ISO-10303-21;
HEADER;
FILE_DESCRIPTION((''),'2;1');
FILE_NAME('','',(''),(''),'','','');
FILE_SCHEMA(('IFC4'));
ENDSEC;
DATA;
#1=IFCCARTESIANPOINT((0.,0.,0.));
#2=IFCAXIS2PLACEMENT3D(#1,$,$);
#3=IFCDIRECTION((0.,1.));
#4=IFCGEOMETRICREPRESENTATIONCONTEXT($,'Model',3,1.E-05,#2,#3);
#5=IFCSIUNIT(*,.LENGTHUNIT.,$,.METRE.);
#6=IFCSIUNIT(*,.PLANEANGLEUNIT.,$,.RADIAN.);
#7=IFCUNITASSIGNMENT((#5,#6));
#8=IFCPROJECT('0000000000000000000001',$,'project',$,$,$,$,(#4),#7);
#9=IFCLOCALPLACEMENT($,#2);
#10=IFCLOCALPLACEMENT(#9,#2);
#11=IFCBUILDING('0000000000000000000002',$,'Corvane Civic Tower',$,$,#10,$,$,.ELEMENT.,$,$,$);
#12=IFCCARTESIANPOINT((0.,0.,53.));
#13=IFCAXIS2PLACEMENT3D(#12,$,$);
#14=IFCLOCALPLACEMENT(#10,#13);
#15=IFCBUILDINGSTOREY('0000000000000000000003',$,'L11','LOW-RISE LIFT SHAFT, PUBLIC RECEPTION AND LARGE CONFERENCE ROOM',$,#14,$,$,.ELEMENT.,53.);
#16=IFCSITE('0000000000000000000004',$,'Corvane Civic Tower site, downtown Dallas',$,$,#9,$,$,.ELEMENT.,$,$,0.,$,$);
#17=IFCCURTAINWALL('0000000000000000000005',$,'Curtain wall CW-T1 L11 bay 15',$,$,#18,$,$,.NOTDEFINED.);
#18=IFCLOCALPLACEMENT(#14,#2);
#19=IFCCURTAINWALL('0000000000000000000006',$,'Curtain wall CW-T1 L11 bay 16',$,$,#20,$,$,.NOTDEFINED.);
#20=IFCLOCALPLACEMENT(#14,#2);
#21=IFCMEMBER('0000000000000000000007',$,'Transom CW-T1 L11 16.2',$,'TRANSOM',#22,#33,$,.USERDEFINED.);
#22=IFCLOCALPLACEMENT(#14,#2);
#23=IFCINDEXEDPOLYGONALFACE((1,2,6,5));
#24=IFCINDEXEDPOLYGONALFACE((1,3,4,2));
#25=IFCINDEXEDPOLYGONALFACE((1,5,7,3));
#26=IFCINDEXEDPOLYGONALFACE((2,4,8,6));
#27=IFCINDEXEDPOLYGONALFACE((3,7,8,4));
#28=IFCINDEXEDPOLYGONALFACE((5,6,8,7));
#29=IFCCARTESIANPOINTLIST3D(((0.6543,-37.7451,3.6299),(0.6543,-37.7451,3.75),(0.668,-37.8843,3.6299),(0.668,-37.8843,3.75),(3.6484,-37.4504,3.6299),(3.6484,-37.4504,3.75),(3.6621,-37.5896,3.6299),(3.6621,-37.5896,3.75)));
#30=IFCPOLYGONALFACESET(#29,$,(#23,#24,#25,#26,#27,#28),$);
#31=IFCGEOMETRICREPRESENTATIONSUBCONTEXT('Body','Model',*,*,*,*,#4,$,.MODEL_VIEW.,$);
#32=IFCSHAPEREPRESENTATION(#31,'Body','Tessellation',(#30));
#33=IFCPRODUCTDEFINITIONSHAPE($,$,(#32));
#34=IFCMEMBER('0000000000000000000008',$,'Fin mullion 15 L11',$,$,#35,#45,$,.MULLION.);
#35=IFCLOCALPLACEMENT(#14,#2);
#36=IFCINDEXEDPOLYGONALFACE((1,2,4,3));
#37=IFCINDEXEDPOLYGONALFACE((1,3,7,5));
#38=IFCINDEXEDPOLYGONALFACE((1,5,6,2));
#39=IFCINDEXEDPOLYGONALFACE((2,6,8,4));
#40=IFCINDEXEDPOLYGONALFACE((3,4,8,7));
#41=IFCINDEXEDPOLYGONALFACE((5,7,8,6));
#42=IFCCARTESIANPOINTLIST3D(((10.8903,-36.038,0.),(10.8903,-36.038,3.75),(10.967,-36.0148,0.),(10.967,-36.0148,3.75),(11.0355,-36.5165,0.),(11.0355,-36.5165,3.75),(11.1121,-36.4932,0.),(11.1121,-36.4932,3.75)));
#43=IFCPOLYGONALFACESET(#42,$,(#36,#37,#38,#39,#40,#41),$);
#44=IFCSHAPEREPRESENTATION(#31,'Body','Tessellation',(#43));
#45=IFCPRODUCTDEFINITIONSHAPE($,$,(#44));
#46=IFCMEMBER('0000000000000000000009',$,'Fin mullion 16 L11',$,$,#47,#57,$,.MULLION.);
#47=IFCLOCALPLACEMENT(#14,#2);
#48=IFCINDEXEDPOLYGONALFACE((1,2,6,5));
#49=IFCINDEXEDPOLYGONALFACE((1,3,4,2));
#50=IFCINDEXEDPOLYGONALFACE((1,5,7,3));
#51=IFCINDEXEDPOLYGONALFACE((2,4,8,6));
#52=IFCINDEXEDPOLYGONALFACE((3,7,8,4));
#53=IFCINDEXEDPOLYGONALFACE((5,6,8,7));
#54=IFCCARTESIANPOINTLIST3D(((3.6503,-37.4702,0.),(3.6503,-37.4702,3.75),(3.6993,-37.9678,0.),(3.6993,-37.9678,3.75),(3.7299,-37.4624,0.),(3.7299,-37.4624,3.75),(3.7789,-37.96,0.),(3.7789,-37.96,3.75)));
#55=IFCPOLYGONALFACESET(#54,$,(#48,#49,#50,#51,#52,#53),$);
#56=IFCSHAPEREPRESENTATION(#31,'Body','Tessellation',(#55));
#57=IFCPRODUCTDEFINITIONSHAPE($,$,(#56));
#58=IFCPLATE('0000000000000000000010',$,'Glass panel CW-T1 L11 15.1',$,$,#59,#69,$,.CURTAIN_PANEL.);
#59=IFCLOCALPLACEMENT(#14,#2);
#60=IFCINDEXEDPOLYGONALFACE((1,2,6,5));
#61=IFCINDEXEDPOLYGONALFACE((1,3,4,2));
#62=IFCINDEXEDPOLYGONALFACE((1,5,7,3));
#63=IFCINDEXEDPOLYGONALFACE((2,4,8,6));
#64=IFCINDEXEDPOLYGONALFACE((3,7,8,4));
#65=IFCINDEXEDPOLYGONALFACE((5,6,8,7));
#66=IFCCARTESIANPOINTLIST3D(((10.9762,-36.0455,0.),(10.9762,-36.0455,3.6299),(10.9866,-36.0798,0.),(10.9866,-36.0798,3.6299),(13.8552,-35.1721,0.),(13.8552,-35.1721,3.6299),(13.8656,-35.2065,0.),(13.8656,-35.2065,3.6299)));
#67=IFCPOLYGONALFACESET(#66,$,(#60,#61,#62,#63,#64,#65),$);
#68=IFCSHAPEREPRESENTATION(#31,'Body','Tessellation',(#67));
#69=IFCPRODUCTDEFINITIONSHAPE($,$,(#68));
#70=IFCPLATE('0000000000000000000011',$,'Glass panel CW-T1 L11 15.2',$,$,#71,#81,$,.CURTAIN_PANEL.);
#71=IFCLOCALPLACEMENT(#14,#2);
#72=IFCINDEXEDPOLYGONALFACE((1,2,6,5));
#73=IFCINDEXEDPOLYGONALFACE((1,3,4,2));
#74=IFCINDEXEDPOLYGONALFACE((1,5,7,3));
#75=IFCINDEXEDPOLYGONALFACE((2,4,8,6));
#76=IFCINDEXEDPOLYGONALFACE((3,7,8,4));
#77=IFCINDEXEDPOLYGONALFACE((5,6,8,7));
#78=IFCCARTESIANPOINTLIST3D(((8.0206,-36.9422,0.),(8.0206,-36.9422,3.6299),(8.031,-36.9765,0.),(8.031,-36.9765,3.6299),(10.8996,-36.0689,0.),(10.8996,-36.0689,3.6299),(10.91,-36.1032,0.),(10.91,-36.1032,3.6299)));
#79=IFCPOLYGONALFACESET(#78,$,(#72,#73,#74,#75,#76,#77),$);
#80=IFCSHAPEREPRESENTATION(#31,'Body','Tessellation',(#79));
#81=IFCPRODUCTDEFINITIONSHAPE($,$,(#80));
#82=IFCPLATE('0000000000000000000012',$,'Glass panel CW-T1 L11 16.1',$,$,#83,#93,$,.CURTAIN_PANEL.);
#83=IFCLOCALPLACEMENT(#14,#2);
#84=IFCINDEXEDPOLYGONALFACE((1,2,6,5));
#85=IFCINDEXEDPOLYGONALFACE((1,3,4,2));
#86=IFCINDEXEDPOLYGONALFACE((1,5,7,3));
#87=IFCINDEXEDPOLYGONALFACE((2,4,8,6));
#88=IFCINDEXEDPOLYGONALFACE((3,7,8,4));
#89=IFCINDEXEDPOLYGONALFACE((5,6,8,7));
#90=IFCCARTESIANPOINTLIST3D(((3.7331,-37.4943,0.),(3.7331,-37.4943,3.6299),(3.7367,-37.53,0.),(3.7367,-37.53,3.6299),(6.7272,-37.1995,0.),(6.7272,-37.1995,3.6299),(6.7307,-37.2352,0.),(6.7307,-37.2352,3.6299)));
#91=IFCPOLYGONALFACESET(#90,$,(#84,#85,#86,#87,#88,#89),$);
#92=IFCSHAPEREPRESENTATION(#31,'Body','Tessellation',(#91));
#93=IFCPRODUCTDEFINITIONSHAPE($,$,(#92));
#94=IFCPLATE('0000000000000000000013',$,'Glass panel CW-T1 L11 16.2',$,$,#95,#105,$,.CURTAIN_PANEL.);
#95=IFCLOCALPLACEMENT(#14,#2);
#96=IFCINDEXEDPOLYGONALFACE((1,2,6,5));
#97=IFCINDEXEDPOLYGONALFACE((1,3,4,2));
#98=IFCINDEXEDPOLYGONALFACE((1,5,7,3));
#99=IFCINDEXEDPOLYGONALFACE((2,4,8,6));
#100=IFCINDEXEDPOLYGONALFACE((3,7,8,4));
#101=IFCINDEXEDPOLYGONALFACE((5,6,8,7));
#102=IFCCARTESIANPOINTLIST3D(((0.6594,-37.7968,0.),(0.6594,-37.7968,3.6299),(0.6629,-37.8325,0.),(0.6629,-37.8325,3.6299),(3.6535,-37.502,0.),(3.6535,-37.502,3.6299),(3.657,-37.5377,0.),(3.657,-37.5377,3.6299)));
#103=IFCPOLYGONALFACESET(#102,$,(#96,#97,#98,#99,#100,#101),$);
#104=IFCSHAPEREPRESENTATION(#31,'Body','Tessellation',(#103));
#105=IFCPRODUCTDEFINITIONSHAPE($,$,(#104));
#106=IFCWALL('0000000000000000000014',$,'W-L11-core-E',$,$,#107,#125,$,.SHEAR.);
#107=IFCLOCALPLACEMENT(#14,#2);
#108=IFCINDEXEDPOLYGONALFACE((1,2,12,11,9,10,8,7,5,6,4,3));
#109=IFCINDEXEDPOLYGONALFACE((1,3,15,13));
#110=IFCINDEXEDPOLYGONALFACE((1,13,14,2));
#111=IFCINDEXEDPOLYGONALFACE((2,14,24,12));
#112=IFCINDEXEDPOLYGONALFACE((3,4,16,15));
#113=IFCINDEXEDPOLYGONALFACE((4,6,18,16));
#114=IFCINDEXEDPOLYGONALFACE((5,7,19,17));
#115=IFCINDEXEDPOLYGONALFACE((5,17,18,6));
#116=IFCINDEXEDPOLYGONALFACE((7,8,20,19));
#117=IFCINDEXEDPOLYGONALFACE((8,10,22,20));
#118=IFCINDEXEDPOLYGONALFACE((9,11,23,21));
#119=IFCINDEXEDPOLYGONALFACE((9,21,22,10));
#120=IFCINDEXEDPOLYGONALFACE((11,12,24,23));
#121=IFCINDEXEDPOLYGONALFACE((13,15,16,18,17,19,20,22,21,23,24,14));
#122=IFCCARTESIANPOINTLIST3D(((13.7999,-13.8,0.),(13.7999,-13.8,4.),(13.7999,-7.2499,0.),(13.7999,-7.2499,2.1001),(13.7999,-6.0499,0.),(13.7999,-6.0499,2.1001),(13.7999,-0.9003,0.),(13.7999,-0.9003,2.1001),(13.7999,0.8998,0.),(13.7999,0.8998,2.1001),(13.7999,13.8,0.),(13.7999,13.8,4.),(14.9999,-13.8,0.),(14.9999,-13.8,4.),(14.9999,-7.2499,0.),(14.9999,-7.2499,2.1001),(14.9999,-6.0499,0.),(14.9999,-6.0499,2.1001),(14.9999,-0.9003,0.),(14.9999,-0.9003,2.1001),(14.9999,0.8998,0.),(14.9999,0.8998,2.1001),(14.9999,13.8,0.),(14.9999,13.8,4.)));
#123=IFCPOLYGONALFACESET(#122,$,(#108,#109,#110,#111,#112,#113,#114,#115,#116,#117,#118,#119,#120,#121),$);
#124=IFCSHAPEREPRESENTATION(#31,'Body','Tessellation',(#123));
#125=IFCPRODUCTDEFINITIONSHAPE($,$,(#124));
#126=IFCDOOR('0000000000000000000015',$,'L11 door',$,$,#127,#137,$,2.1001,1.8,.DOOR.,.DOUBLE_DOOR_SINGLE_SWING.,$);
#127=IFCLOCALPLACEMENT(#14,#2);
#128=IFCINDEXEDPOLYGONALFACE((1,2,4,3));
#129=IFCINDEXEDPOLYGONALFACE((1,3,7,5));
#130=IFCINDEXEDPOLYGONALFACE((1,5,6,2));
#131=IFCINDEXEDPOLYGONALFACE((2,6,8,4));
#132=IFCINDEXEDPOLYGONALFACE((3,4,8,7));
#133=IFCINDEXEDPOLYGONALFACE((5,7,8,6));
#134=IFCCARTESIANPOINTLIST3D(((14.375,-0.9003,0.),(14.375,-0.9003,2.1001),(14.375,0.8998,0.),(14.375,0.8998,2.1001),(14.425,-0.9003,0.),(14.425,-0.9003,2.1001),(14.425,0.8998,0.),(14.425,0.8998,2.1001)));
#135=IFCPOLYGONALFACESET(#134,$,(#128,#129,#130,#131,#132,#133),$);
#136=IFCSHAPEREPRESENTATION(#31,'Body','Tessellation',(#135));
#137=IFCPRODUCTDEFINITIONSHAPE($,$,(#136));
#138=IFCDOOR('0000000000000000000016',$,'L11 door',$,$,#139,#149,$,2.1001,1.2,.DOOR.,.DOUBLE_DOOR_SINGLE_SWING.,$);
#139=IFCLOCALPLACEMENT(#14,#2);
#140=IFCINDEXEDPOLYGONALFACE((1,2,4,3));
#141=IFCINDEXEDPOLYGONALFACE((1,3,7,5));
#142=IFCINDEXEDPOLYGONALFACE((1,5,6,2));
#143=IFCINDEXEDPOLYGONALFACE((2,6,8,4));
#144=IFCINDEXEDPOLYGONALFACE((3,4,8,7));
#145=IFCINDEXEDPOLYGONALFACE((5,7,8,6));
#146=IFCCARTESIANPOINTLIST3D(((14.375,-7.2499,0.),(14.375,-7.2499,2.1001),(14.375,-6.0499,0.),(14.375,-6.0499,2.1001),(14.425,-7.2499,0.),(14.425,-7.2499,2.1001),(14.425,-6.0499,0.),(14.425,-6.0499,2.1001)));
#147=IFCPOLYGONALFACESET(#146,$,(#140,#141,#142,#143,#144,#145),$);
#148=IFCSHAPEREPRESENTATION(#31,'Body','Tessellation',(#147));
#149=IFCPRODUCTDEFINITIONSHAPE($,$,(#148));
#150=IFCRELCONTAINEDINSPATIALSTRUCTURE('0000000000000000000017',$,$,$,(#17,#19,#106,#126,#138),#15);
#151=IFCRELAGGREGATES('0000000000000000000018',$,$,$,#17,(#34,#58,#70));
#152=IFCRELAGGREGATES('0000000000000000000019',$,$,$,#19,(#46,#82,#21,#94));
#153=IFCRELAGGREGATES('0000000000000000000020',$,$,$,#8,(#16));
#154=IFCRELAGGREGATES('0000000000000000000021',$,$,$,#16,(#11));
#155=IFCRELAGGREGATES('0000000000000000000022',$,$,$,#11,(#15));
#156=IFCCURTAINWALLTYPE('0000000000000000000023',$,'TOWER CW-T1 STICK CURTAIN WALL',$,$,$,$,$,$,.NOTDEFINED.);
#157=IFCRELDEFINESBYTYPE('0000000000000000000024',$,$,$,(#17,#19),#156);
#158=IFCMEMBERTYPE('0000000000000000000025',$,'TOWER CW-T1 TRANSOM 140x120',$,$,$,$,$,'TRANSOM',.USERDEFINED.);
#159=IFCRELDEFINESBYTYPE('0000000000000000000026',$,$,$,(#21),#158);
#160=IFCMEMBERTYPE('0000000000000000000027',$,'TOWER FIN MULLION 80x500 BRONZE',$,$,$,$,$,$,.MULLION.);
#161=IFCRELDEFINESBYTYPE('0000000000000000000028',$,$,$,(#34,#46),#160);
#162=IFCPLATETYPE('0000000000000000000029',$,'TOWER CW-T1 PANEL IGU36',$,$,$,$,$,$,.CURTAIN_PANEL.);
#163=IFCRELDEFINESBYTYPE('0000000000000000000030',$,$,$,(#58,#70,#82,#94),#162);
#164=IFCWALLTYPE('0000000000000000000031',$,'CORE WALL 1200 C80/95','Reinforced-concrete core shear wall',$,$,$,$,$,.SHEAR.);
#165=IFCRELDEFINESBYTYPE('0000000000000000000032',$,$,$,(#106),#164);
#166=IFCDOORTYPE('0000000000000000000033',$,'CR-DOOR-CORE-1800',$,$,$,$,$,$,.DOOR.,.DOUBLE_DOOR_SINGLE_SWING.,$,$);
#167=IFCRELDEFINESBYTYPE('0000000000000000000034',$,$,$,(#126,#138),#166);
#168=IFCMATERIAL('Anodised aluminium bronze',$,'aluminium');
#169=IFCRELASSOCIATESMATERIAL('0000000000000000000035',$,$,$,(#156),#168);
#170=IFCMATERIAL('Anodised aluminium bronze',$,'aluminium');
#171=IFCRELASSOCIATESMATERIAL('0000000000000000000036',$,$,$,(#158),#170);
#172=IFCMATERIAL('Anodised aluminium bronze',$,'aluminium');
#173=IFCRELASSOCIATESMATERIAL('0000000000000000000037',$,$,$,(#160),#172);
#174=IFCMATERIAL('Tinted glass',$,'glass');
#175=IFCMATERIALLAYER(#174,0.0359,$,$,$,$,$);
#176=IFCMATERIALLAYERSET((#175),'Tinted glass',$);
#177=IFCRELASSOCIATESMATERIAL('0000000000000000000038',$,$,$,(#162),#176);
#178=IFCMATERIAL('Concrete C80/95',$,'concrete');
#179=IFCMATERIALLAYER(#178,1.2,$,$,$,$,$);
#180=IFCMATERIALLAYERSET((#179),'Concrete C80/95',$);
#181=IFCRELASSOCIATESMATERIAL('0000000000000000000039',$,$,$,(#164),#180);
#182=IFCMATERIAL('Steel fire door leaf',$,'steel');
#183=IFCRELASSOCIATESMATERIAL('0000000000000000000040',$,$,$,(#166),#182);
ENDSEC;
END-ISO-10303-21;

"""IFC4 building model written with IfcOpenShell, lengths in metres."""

from ifc_helpers import new_model, si_unit, direction, frame, frame_2d, origin, origin_2d, place, context, subcontext, project, spatial, rectangle, extrude, material, layer, layer_set, material_profile, profile_set, type_object, element, fill, aggregate, save


model = new_model("IFC4")

# Units and contexts
model_context = context("Model", 3, precision=1e-05, world=origin(), true_north=direction((0.0, 1.0)))
body_context = subcontext(model_context, "Body", "Model", "MODEL_VIEW")
ifc_project = project(units=[si_unit("LENGTHUNIT", "METRE"), si_unit("PLANEANGLEUNIT", "RADIAN")], contexts=[model_context])

# Site, building, storey
site_placement = place(None, origin())
site = spatial("IfcSite", under=ifc_project, at=site_placement, Name="Corvane Civic Tower site, downtown Dallas", CompositionType="ELEMENT", RefElevation=0.0)
building_placement = place(site_placement, origin())
building = spatial("IfcBuilding", under=site, at=building_placement, Name="Corvane Civic Tower", CompositionType="ELEMENT")
storey_placement = place(building_placement, frame((0.0, 0.0, 53.0)))
storey = spatial("IfcBuildingStorey", under=building, at=storey_placement, Name="L11", Description="LOW-RISE LIFT SHAFT, PUBLIC RECEPTION AND LARGE CONFERENCE ROOM", CompositionType="ELEMENT", Elevation=53.0)

# Curtain walls, member
ifc_material_1 = material(Name="Anodised aluminium bronze", Category="aluminium")
curtain_wall_type = type_object("IfcCurtainWallType", Name="TOWER CW-T1 STICK CURTAIN WALL", PredefinedType="NOTDEFINED", material=ifc_material_1)
curtain_wall_1_placement = place(storey_placement, origin())
curtain_wall_1 = element("IfcCurtainWall", 1, at=curtain_wall_1_placement, inside=storey, type_object=curtain_wall_type, Name="Curtain wall CW-T1 L11 bay 15", PredefinedType="NOTDEFINED")
ifc_material_2 = material(Name="Anodised aluminium bronze", Category="aluminium")
ifc_material_profile_1 = material_profile(ifc_material_2, rectangle(XDim=0.1399, YDim=0.1201, at=origin_2d()), Name="TOWER CW-T1 TRANSOM 140x120")
ifc_profile_set_1 = profile_set([ifc_material_profile_1], Name="Anodised aluminium bronze")
member_type_1 = type_object("IfcMemberType", Name="TOWER CW-T1 TRANSOM 140x120", ElementType="TRANSOM", PredefinedType="USERDEFINED", material=ifc_profile_set_1)
curtain_wall_2_placement = place(storey_placement, origin())
curtain_wall_2 = element("IfcCurtainWall", 2, at=curtain_wall_2_placement, inside=storey, type_object=curtain_wall_type, Name="Curtain wall CW-T1 L11 bay 16", PredefinedType="NOTDEFINED")
member_1_placement = place(storey_placement, frame((3.6553, -37.52, 3.6899), z_axis=(-0.995192, -0.097945, 0.0), x_axis=(0.097945, -0.995192, 0.0)))
member_1 = element("IfcMember", 3, at=member_1_placement, type_object=member_type_1, Name="Transom CW-T1 L11 16.2", ObjectType="TRANSOM", PredefinedType="USERDEFINED", context=body_context, shape_type="SweptSolid", body=[
    extrude(rectangle(XDim=0.1399, YDim=0.1201, at=origin_2d()), origin(), (0.0, 0.0, 1.0), 3.0085),
])

# Members
ifc_material_3 = material(Name="Anodised aluminium bronze", Category="aluminium")
ifc_material_profile_2 = material_profile(ifc_material_3, rectangle(XDim=0.0801, YDim=0.5, at=origin_2d()), Name="TOWER FIN MULLION 80x500 BRONZE")
ifc_profile_set_2 = profile_set([ifc_material_profile_2], Name="Anodised aluminium bronze")
member_type_2 = type_object("IfcMemberType", Name="TOWER FIN MULLION 80x500 BRONZE", PredefinedType="MULLION", material=ifc_profile_set_2)
member_2_placement = place(storey_placement, frame((11.0012, -36.2656, 0.0), z_axis=(0.0, 0.0, 1.0), x_axis=(-0.956942, -0.290278, 0.0)))
member_2 = element("IfcMember", 4, at=member_2_placement, type_object=member_type_2, Name="Fin mullion 15 L11", PredefinedType="MULLION", context=body_context, shape_type="SweptSolid", body=[
    extrude(rectangle(XDim=0.0801, YDim=0.5, at=origin_2d()), origin(), (0.0, 0.0, 1.0), 3.75),
])
member_3_placement = place(storey_placement, frame((3.7146, -37.7151, 0.0), z_axis=(0.0, 0.0, 1.0), x_axis=(-0.995186, -0.098006, 0.0)))
member_3 = element("IfcMember", 5, at=member_3_placement, type_object=member_type_2, Name="Fin mullion 16 L11", PredefinedType="MULLION", context=body_context, shape_type="SweptSolid", body=[
    extrude(rectangle(XDim=0.0801, YDim=0.5, at=origin_2d()), origin(), (0.0, 0.0, 1.0), 3.75),
])

# Plates
ifc_material_4 = material(Name="Tinted glass", Category="glass")
ifc_layer_1 = layer(ifc_material_4, 0.0359)
ifc_layer_set_1 = layer_set([ifc_layer_1], Name="Tinted glass")
plate_type = type_object("IfcPlateType", Name="TOWER CW-T1 PANEL IGU36", PredefinedType="CURTAIN_PANEL", material=ifc_layer_set_1)
plate_1_placement = place(storey_placement, frame((12.4209, -35.626, 0.0), z_axis=(0.0, 0.0, 1.0), x_axis=(-0.956942, -0.290278, 0.0)))
plate_1 = element("IfcPlate", 6, at=plate_1_placement, type_object=plate_type, Name="Glass panel CW-T1 L11 15.1", PredefinedType="CURTAIN_PANEL", context=body_context, shape_type="SweptSolid", body=[
    extrude(rectangle(XDim=3.0085, YDim=0.0359, at=origin_2d()), origin(), (0.0, 0.0, 1.0), 3.6299),
])
plate_2_placement = place(storey_placement, frame((9.4653, -36.5227, 0.0), z_axis=(0.0, 0.0, 1.0), x_axis=(-0.956942, -0.290278, 0.0)))
plate_2 = element("IfcPlate", 7, at=plate_2_placement, type_object=plate_type, Name="Glass panel CW-T1 L11 15.2", PredefinedType="CURTAIN_PANEL", context=body_context, shape_type="SweptSolid", body=[
    extrude(rectangle(XDim=3.0085, YDim=0.0359, at=origin_2d()), origin(), (0.0, 0.0, 1.0), 3.6299),
])
aggregate(curtain_wall_1, [member_2, plate_1, plate_2])
plate_3_placement = place(storey_placement, frame((5.2319, -37.3647, 0.0), z_axis=(0.0, 0.0, 1.0), x_axis=(-0.995186, -0.098006, 0.0)))
plate_3 = element("IfcPlate", 8, at=plate_3_placement, type_object=plate_type, Name="Glass panel CW-T1 L11 16.1", PredefinedType="CURTAIN_PANEL", context=body_context, shape_type="SweptSolid", body=[
    extrude(rectangle(XDim=3.0085, YDim=0.0359, at=origin_2d()), origin(), (0.0, 0.0, 1.0), 3.6299),
])
plate_4_placement = place(storey_placement, frame((2.1582, -37.6672, 0.0), z_axis=(0.0, 0.0, 1.0), x_axis=(-0.995186, -0.098006, 0.0)))
plate_4 = element("IfcPlate", 9, at=plate_4_placement, type_object=plate_type, Name="Glass panel CW-T1 L11 16.2", PredefinedType="CURTAIN_PANEL", context=body_context, shape_type="SweptSolid", body=[
    extrude(rectangle(XDim=3.0085, YDim=0.0359, at=origin_2d()), origin(), (0.0, 0.0, 1.0), 3.6299),
])
aggregate(curtain_wall_2, [member_3, plate_3, member_1, plate_4])

# Wall, openings, doors
ifc_material_5 = material(Name="Concrete C80/95", Category="concrete")
ifc_layer_2 = layer(ifc_material_5, 1.2)
ifc_layer_set_2 = layer_set([ifc_layer_2], Name="Concrete C80/95")
wall_type_1 = type_object("IfcWallType", Name="CORE WALL 1200 C80/95", Description="Reinforced-concrete core shear wall", PredefinedType="SHEAR", material=ifc_layer_set_2)
wall_1_placement = place(storey_placement, frame((14.3999, -13.8, 0.0), z_axis=(0.0, 0.0, 1.0), x_axis=(0.0, 1.0, 0.0)))
wall_1 = element("IfcWall", 10, at=wall_1_placement, inside=storey, type_object=wall_type_1, Name="W-L11-core-E", PredefinedType="SHEAR", context=body_context, shape_type="SweptSolid", body=[
    extrude(rectangle(XDim=27.6001, YDim=1.2, at=frame_2d((13.8, 0.0))), origin(), (0.0, 0.0, 1.0), 4.0),
])
opening_1_placement = place(wall_1_placement, frame((12.8999, 0.0, 0.0)))
opening_1 = element("IfcOpeningElement", 11, at=opening_1_placement, cuts=wall_1, PredefinedType="OPENING", context=body_context, shape_type="SweptSolid", body=[
    extrude(rectangle(XDim=1.8, YDim=2.1001, at=frame_2d((0.8999, 1.05))), frame((0.0, 0.6099, 0.0), z_axis=(0.0, -1.0, 0.0), x_axis=(1.0, 0.0, 0.0)), (0.0, 0.0, 1.0), 1.22),
])
opening_2_placement = place(wall_1_placement, frame((6.55, 0.0, 0.0)))
opening_2 = element("IfcOpeningElement", 12, at=opening_2_placement, cuts=wall_1, PredefinedType="OPENING", context=body_context, shape_type="SweptSolid", body=[
    extrude(rectangle(XDim=1.2, YDim=2.1001, at=frame_2d((0.6001, 1.05))), frame((0.0, 0.6099, 0.0), z_axis=(0.0, -1.0, 0.0), x_axis=(1.0, 0.0, 0.0)), (0.0, 0.0, 1.0), 1.22),
])
ifc_material_6 = material(Name="Steel fire door leaf", Category="steel")
door_type_1 = type_object("IfcDoorType", Name="CR-DOOR-CORE-1800", OperationType="DOUBLE_DOOR_SINGLE_SWING", PredefinedType="DOOR", material=ifc_material_6)
door_1_placement = place(opening_1_placement, origin())
door_1 = element("IfcDoor", 13, at=door_1_placement, inside=storey, type_object=door_type_1, Name="L11 door", OperationType="DOUBLE_DOOR_SINGLE_SWING", OverallHeight=2.1001, OverallWidth=1.8, PredefinedType="DOOR", context=body_context, shape_type="SweptSolid", body=[
    extrude(rectangle(XDim=1.8, YDim=2.1001, at=frame_2d((0.8999, 1.05))), frame((0.0, 0.0249, 0.0), z_axis=(0.0, -1.0, 0.0), x_axis=(1.0, 0.0, 0.0)), (0.0, 0.0, 1.0), 0.05),
])
fill(opening_1, door_1)
door_2_placement = place(opening_2_placement, origin())
door_2 = element("IfcDoor", 14, at=door_2_placement, inside=storey, type_object=door_type_1, Name="L11 door", OperationType="DOUBLE_DOOR_SINGLE_SWING", OverallHeight=2.1001, OverallWidth=1.2, PredefinedType="DOOR", context=body_context, shape_type="SweptSolid", body=[
    extrude(rectangle(XDim=1.2, YDim=2.1001, at=frame_2d((0.6001, 1.05))), frame((0.0, 0.0249, 0.0), z_axis=(0.0, -1.0, 0.0), x_axis=(1.0, 0.0, 0.0)), (0.0, 0.0, 1.0), 0.05),
])
fill(opening_2, door_2)

save(model, "model.ifc")
